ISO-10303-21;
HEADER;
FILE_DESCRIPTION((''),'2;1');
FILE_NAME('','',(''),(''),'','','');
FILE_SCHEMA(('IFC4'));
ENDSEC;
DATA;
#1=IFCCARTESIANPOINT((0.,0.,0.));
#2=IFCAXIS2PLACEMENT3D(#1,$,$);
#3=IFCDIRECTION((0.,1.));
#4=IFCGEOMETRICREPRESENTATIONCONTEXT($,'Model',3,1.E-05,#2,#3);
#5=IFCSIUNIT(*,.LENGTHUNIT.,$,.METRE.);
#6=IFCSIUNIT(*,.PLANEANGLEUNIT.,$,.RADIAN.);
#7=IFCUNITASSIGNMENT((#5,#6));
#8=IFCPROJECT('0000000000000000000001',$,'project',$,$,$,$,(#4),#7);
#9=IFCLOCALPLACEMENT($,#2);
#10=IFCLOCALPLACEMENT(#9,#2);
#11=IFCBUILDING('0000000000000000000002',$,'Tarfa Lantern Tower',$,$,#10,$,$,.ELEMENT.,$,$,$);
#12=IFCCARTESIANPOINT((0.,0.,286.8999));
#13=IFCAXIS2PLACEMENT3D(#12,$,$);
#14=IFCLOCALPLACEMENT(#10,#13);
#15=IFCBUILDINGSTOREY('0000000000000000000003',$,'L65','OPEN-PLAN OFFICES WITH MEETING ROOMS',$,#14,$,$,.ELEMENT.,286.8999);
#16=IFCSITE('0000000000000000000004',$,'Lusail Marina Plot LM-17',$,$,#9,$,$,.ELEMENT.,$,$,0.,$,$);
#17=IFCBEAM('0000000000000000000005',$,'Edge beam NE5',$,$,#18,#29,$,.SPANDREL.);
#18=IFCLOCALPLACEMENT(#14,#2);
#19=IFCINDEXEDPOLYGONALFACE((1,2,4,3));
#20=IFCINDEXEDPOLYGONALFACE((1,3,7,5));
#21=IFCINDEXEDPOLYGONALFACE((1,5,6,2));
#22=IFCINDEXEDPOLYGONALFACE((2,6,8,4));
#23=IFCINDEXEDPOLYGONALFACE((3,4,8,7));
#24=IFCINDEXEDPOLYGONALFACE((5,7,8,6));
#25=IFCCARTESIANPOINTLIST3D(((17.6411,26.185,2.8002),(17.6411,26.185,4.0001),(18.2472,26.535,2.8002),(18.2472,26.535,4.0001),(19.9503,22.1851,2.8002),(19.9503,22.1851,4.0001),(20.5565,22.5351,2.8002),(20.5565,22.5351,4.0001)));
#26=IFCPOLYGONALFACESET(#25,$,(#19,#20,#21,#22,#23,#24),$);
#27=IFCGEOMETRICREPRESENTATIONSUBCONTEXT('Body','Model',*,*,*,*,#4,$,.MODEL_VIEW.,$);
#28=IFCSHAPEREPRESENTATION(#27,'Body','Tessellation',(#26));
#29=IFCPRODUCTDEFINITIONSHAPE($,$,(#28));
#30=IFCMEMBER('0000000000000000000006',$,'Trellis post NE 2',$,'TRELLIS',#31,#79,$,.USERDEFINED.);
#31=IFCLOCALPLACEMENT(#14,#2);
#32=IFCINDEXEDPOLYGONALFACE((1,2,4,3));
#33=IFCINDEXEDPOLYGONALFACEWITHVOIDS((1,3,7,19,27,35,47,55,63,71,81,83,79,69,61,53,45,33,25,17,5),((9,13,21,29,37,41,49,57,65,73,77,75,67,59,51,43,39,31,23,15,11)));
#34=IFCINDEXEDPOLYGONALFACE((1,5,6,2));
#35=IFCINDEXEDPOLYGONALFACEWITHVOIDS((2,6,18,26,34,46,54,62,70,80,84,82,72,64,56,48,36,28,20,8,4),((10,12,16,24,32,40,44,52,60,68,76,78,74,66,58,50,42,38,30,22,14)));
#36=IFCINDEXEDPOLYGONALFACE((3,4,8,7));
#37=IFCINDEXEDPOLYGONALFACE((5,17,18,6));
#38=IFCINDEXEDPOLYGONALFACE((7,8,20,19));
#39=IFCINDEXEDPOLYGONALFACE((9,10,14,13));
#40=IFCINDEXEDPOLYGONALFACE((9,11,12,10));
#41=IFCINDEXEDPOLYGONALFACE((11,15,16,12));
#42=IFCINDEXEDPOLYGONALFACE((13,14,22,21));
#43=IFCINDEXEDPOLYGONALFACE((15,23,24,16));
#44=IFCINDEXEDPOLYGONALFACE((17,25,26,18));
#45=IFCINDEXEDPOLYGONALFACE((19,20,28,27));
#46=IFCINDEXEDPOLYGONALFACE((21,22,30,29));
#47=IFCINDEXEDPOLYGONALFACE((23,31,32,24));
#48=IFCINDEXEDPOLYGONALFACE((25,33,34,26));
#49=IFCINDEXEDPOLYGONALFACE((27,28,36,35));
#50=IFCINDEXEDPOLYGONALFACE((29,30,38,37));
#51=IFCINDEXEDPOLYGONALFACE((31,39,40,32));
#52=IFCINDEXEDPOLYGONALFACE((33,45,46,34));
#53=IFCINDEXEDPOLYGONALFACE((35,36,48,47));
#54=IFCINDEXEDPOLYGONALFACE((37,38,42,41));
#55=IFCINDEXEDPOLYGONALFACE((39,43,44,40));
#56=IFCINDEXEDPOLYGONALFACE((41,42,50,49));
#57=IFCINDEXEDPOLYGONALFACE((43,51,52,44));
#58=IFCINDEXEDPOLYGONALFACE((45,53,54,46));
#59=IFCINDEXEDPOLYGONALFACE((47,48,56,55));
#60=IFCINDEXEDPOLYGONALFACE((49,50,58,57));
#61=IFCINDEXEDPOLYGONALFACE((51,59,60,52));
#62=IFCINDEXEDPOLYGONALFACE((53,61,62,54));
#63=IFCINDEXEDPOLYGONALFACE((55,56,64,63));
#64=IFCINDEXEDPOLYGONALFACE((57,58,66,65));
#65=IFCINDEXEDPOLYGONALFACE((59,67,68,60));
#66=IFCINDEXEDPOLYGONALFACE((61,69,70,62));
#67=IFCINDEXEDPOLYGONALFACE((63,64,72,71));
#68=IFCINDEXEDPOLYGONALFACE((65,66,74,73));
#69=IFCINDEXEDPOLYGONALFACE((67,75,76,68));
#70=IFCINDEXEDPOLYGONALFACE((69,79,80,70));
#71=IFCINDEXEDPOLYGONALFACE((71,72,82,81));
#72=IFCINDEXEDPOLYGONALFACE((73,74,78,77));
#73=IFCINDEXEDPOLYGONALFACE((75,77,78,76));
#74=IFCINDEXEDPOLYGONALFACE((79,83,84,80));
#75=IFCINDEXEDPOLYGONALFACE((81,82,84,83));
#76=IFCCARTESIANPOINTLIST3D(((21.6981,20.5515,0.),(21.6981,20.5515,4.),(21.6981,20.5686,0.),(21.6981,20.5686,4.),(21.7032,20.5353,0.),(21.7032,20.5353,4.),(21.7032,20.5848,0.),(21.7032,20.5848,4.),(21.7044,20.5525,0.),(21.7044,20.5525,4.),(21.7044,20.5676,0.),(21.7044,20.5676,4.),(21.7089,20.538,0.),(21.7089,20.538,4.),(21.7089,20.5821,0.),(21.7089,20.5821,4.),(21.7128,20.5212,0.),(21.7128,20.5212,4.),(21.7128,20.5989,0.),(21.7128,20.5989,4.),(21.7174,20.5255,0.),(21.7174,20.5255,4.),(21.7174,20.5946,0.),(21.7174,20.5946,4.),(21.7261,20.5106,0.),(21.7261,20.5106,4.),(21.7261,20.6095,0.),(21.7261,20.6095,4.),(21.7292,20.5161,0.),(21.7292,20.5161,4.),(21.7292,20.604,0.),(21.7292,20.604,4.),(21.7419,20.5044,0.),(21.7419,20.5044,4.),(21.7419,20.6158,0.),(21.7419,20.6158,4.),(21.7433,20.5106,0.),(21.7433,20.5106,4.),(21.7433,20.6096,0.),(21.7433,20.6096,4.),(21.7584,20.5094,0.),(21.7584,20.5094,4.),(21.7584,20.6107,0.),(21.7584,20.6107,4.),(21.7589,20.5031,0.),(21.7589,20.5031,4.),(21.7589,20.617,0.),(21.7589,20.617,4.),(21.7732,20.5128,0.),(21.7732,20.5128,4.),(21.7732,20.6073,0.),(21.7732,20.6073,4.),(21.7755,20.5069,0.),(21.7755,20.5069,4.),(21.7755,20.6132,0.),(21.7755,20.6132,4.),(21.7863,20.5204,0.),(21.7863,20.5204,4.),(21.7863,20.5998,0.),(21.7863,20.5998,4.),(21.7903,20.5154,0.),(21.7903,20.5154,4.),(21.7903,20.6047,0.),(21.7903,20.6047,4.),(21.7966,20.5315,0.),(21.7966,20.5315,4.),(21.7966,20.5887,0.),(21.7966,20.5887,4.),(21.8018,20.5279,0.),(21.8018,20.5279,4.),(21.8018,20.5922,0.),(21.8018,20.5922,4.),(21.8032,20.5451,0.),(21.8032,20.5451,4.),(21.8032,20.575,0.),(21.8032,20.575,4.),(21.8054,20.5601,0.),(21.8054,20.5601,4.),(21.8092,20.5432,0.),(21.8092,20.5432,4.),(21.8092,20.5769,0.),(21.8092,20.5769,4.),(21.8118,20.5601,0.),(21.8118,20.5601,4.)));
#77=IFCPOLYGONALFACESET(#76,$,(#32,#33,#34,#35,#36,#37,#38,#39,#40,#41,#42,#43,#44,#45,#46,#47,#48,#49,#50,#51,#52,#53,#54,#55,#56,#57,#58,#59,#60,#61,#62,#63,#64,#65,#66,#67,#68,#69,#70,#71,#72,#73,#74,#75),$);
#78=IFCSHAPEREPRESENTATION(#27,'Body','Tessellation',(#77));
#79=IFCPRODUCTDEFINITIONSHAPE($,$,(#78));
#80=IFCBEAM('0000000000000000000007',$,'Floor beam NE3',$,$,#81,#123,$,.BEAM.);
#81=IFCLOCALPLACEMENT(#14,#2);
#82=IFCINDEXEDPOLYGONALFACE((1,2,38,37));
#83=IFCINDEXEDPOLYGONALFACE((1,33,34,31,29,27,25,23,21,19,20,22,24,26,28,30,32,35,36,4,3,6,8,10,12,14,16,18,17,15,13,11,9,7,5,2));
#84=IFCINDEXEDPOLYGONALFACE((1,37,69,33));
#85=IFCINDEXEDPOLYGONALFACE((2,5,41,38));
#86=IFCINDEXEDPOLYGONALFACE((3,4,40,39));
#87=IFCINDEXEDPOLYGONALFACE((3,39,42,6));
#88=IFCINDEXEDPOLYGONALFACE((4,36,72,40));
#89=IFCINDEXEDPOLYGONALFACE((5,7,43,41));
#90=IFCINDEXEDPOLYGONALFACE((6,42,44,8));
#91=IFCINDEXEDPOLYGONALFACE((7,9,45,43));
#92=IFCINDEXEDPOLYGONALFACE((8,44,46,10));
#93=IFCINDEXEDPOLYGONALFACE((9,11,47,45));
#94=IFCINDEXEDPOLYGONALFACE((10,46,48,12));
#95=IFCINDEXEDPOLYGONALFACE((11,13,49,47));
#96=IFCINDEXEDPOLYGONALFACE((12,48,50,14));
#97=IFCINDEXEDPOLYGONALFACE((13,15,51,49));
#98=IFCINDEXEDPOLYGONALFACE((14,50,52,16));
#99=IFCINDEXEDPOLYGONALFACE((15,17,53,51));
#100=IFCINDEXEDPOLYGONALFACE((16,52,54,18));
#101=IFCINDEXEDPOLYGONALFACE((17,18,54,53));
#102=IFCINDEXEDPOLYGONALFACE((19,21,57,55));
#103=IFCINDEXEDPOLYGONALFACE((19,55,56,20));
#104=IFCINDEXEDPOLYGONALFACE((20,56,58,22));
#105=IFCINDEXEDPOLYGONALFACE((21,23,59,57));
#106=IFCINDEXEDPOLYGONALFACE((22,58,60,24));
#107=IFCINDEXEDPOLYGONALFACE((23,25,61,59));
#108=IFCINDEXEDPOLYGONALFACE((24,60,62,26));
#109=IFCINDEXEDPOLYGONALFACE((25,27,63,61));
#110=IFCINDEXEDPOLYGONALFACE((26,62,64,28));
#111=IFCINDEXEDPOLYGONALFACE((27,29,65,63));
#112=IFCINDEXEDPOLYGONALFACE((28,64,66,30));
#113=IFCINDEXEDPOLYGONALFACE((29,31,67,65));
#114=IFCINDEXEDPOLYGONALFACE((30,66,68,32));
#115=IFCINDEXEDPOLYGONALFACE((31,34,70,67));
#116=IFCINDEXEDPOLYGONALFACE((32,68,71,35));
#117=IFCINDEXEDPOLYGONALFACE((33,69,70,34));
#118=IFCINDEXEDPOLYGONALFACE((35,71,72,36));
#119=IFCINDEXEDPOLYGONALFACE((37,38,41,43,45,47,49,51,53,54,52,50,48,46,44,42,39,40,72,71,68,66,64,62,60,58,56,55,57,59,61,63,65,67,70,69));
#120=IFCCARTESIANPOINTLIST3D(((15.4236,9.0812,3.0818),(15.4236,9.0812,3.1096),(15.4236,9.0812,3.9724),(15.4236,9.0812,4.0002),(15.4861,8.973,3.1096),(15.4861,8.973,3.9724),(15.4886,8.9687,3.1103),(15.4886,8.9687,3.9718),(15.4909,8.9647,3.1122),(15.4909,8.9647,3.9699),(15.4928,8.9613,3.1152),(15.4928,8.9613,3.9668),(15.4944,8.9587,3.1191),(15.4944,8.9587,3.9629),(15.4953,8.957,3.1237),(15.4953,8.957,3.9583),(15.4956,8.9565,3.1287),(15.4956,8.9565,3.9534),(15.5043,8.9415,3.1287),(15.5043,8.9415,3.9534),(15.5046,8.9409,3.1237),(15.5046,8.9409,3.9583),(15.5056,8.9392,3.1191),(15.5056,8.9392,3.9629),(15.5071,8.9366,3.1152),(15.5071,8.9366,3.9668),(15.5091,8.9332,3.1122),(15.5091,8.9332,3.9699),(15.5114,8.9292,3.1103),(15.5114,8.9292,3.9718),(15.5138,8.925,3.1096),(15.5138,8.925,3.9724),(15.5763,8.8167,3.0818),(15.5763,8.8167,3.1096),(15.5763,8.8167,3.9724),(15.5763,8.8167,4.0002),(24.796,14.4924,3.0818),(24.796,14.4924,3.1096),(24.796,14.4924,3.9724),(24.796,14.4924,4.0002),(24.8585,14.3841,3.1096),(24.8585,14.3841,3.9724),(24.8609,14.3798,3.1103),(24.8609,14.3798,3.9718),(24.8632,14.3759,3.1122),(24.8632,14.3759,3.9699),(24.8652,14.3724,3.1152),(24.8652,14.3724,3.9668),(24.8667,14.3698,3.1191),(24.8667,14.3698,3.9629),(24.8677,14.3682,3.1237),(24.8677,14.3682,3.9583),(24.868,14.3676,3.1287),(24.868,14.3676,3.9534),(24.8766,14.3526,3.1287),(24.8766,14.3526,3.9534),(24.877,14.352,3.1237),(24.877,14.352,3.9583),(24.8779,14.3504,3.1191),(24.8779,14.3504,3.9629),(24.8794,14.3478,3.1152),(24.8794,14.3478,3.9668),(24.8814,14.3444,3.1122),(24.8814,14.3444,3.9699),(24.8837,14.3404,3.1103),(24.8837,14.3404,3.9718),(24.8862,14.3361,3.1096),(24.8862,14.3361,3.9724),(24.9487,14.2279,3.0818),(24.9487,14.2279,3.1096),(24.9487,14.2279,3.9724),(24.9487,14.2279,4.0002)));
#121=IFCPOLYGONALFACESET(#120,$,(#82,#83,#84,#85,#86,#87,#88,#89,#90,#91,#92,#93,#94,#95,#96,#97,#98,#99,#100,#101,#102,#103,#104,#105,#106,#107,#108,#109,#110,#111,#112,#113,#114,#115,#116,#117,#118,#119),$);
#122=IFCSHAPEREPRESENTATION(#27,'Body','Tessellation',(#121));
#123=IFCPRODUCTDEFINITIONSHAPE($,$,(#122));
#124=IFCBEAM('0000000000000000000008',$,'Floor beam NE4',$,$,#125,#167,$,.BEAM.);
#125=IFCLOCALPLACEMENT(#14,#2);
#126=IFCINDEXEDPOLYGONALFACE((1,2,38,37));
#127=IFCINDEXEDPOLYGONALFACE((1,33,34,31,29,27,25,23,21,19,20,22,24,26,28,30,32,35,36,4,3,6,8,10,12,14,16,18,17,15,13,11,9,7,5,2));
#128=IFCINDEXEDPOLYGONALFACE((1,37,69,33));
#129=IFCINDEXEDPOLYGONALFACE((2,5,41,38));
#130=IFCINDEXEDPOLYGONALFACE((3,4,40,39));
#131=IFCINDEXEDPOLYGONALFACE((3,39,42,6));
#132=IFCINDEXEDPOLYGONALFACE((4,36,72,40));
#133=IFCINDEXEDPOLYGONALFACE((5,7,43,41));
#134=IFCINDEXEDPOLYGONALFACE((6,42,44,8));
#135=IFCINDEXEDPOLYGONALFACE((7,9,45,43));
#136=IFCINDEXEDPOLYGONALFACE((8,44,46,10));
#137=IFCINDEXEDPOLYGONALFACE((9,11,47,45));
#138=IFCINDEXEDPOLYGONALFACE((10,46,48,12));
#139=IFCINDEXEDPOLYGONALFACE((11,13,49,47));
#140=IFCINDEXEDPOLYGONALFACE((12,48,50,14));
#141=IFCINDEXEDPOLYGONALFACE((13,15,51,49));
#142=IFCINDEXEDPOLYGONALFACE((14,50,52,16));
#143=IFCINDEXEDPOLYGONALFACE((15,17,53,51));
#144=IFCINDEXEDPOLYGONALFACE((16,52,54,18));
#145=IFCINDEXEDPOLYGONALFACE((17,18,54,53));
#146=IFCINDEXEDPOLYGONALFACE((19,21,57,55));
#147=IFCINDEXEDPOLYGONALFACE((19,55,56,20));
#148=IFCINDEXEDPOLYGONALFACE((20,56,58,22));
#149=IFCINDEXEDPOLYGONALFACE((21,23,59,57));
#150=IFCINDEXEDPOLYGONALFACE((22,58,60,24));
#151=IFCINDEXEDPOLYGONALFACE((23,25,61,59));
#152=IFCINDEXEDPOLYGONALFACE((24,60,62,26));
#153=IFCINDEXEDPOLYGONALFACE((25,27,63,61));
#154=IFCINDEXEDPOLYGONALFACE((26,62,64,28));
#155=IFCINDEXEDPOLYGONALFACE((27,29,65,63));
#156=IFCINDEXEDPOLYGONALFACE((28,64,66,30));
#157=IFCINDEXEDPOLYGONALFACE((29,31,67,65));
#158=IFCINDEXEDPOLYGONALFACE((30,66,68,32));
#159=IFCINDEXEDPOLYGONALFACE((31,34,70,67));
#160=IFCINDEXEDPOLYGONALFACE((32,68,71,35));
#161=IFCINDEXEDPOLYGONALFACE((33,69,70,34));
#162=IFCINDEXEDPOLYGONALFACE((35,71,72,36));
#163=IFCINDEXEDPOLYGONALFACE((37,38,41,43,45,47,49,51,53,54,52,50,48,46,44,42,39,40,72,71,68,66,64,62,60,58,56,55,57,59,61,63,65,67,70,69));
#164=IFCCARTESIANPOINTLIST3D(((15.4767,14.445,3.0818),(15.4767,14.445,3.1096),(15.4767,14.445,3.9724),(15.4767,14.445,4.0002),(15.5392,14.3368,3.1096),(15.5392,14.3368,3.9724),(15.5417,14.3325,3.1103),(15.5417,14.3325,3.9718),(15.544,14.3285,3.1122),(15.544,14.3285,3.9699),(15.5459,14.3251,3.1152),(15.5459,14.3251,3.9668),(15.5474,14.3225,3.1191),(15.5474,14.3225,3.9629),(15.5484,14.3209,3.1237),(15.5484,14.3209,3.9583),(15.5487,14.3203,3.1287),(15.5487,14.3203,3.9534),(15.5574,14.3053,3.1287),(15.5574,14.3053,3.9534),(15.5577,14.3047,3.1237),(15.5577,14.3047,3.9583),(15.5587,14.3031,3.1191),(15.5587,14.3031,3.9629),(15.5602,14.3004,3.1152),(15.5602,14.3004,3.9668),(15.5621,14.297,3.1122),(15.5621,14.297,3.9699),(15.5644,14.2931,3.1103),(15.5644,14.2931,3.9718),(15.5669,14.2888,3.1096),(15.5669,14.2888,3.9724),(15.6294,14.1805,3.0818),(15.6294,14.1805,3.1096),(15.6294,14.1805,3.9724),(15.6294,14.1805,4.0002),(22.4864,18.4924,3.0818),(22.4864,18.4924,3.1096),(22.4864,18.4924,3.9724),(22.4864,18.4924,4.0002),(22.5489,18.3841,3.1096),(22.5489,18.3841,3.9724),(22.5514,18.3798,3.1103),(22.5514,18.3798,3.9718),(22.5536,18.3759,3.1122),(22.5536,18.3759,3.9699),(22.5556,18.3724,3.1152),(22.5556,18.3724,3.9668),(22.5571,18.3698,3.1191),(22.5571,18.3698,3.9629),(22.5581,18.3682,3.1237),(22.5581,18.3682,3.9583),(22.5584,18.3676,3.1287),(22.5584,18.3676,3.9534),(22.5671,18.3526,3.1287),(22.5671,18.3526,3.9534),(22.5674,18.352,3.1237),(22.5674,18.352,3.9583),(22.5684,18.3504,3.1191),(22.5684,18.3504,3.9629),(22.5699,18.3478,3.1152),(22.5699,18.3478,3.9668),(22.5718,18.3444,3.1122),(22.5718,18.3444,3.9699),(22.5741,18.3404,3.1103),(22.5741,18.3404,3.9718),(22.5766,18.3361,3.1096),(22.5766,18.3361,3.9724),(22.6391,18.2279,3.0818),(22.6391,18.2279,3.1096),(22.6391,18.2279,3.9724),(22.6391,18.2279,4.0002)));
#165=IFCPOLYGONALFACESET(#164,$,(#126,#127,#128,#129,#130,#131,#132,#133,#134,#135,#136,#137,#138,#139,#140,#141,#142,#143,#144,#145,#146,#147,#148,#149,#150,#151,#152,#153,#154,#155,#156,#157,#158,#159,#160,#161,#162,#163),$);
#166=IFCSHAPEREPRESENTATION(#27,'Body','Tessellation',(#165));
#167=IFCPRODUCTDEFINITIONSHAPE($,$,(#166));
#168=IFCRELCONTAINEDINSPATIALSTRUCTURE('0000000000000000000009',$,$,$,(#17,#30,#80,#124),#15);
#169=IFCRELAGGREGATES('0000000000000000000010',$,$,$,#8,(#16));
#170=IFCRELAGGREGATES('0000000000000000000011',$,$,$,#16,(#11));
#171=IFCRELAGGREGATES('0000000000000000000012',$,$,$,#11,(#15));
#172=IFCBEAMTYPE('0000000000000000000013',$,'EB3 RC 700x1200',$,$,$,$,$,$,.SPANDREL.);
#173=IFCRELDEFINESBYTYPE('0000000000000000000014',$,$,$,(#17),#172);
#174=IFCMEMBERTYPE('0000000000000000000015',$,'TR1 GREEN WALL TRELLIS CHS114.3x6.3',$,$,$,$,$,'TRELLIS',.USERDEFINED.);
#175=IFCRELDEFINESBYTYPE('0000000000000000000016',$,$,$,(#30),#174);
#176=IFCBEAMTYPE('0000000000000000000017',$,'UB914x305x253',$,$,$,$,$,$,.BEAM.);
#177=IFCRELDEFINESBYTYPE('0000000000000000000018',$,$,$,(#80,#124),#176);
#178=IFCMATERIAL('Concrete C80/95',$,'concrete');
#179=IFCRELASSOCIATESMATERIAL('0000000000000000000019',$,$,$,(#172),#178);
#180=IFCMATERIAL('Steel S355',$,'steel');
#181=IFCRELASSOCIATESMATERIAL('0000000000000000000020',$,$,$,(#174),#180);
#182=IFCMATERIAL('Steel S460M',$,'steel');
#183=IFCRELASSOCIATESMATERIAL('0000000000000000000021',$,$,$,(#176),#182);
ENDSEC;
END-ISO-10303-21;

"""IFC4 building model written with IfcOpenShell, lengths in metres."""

from ifc_helpers import new_model, si_unit, direction, frame, origin, origin_2d, place, context, subcontext, project, spatial, rectangle, hollow_circle, i_section, extrude, material, material_profile, profile_set, type_object, element, save


model = new_model("IFC4")

# Units and contexts
model_context = context("Model", 3, precision=1e-05, world=origin(), true_north=direction((0.0, 1.0)))
body_context = subcontext(model_context, "Body", "Model", "MODEL_VIEW")
ifc_project = project(units=[si_unit("LENGTHUNIT", "METRE"), si_unit("PLANEANGLEUNIT", "RADIAN")], contexts=[model_context])

# Site, building, storey
site_placement = place(None, origin())
site = spatial("IfcSite", under=ifc_project, at=site_placement, Name="Lusail Marina Plot LM-17", CompositionType="ELEMENT", RefElevation=0.0)
building_placement = place(site_placement, origin())
building = spatial("IfcBuilding", under=site, at=building_placement, Name="Tarfa Lantern Tower", CompositionType="ELEMENT")
storey_placement = place(building_placement, frame((0.0, 0.0, 286.8999)))
storey = spatial("IfcBuildingStorey", under=building, at=storey_placement, Name="L65", Description="OPEN-PLAN OFFICES WITH MEETING ROOMS", CompositionType="ELEMENT", Elevation=286.8999)

# Shared definitions
ifc_material_1 = material(Name="Concrete C80/95", Category="concrete")

# Beam
ifc_material_profile_1 = material_profile(ifc_material_1, rectangle(XDim=0.7, YDim=1.2, at=origin_2d()), Name="RC 700x1200")
ifc_profile_set_1 = profile_set([ifc_material_profile_1], Name="Concrete C80/95")
beam_type_1 = type_object("IfcBeamType", Name="EB3 RC 700x1200", PredefinedType="SPANDREL", material=ifc_profile_set_1)
for number, where, z_axis, x_axis, name in (
    (1, (20.2534, 22.3601, 3.4001), (-0.499988, 0.866032, 0.0), (-0.866032, -0.499988, 0.0), "Edge beam NE5"),
):
    element("IfcBeam", number, at=place(storey_placement, frame(where, z_axis=z_axis, x_axis=x_axis)), inside=storey, type_object=beam_type_1, Name=name, PredefinedType="SPANDREL", context=body_context, shape_type="SweptSolid", body=[
        extrude(rectangle(XDim=0.7, YDim=1.2, at=origin_2d()), origin(), (0.0, 0.0, 1.0), 4.6187),
    ])

# Member
ifc_material_2 = material(Name="Steel S355", Category="steel")
ifc_material_profile_2 = material_profile(ifc_material_2, hollow_circle(Radius=0.0571, WallThickness=0.0063, at=origin_2d()), Name="CHS114.3x6.3")
ifc_profile_set_2 = profile_set([ifc_material_profile_2], Name="Steel S355")
member_type_1 = type_object("IfcMemberType", Name="TR1 GREEN WALL TRELLIS CHS114.3x6.3", ElementType="TRELLIS", PredefinedType="USERDEFINED", material=ifc_profile_set_2)
member_1_placement = place(storey_placement, frame((21.7546, 20.5601, 0.0), z_axis=(0.0, 0.0, 1.0), x_axis=(1.0, 0.0, 0.0)))
element("IfcMember", 2, at=member_1_placement, inside=storey, type_object=member_type_1, Name="Trellis post NE 2", ObjectType="TRELLIS", PredefinedType="USERDEFINED", context=body_context, shape_type="SweptSolid", body=[
    extrude(hollow_circle(Radius=0.0571, WallThickness=0.0063, at=origin_2d()), origin(), (0.0, 0.0, 1.0), 4.0),
])

# Beams
ifc_material_3 = material(Name="Steel S460M", Category="steel")
ifc_material_profile_3 = material_profile(ifc_material_3, i_section(OverallWidth=0.3054, OverallDepth=0.9185, WebThickness=0.0173, FlangeThickness=0.0278, FilletRadius=0.019, at=origin_2d()), Name="UB914x305x253")
ifc_profile_set_3 = profile_set([ifc_material_profile_3], Name="Steel S460M")
beam_type_2 = type_object("IfcBeamType", Name="UB914x305x253", PredefinedType="BEAM", material=ifc_profile_set_3)
beam_1_placement = place(storey_placement, frame((24.8723, 14.3601, 3.541), z_axis=(-0.866024, -0.500002, 0.0), x_axis=(0.500002, -0.866024, 0.0)))
element("IfcBeam", 3, at=beam_1_placement, inside=storey, type_object=beam_type_2, Name="Floor beam NE3", PredefinedType="BEAM", context=body_context, shape_type="SweptSolid", body=[
    extrude(i_section(OverallWidth=0.3054, OverallDepth=0.9185, WebThickness=0.0173, FlangeThickness=0.0278, FilletRadius=0.019, at=origin_2d()), origin(), (0.0, 0.0, 1.0), 10.8223),
])
beam_2_placement = place(storey_placement, frame((22.5627, 18.3601, 3.541), z_axis=(-0.866011, -0.500025, 0.0), x_axis=(0.500025, -0.866011, 0.0)))
element("IfcBeam", 4, at=beam_2_placement, inside=storey, type_object=beam_type_2, Name="Floor beam NE4", PredefinedType="BEAM", context=body_context, shape_type="SweptSolid", body=[
    extrude(i_section(OverallWidth=0.3054, OverallDepth=0.9185, WebThickness=0.0173, FlangeThickness=0.0278, FilletRadius=0.019, at=origin_2d()), origin(), (0.0, 0.0, 1.0), 8.0942),
])

save(model, "model.ifc")
